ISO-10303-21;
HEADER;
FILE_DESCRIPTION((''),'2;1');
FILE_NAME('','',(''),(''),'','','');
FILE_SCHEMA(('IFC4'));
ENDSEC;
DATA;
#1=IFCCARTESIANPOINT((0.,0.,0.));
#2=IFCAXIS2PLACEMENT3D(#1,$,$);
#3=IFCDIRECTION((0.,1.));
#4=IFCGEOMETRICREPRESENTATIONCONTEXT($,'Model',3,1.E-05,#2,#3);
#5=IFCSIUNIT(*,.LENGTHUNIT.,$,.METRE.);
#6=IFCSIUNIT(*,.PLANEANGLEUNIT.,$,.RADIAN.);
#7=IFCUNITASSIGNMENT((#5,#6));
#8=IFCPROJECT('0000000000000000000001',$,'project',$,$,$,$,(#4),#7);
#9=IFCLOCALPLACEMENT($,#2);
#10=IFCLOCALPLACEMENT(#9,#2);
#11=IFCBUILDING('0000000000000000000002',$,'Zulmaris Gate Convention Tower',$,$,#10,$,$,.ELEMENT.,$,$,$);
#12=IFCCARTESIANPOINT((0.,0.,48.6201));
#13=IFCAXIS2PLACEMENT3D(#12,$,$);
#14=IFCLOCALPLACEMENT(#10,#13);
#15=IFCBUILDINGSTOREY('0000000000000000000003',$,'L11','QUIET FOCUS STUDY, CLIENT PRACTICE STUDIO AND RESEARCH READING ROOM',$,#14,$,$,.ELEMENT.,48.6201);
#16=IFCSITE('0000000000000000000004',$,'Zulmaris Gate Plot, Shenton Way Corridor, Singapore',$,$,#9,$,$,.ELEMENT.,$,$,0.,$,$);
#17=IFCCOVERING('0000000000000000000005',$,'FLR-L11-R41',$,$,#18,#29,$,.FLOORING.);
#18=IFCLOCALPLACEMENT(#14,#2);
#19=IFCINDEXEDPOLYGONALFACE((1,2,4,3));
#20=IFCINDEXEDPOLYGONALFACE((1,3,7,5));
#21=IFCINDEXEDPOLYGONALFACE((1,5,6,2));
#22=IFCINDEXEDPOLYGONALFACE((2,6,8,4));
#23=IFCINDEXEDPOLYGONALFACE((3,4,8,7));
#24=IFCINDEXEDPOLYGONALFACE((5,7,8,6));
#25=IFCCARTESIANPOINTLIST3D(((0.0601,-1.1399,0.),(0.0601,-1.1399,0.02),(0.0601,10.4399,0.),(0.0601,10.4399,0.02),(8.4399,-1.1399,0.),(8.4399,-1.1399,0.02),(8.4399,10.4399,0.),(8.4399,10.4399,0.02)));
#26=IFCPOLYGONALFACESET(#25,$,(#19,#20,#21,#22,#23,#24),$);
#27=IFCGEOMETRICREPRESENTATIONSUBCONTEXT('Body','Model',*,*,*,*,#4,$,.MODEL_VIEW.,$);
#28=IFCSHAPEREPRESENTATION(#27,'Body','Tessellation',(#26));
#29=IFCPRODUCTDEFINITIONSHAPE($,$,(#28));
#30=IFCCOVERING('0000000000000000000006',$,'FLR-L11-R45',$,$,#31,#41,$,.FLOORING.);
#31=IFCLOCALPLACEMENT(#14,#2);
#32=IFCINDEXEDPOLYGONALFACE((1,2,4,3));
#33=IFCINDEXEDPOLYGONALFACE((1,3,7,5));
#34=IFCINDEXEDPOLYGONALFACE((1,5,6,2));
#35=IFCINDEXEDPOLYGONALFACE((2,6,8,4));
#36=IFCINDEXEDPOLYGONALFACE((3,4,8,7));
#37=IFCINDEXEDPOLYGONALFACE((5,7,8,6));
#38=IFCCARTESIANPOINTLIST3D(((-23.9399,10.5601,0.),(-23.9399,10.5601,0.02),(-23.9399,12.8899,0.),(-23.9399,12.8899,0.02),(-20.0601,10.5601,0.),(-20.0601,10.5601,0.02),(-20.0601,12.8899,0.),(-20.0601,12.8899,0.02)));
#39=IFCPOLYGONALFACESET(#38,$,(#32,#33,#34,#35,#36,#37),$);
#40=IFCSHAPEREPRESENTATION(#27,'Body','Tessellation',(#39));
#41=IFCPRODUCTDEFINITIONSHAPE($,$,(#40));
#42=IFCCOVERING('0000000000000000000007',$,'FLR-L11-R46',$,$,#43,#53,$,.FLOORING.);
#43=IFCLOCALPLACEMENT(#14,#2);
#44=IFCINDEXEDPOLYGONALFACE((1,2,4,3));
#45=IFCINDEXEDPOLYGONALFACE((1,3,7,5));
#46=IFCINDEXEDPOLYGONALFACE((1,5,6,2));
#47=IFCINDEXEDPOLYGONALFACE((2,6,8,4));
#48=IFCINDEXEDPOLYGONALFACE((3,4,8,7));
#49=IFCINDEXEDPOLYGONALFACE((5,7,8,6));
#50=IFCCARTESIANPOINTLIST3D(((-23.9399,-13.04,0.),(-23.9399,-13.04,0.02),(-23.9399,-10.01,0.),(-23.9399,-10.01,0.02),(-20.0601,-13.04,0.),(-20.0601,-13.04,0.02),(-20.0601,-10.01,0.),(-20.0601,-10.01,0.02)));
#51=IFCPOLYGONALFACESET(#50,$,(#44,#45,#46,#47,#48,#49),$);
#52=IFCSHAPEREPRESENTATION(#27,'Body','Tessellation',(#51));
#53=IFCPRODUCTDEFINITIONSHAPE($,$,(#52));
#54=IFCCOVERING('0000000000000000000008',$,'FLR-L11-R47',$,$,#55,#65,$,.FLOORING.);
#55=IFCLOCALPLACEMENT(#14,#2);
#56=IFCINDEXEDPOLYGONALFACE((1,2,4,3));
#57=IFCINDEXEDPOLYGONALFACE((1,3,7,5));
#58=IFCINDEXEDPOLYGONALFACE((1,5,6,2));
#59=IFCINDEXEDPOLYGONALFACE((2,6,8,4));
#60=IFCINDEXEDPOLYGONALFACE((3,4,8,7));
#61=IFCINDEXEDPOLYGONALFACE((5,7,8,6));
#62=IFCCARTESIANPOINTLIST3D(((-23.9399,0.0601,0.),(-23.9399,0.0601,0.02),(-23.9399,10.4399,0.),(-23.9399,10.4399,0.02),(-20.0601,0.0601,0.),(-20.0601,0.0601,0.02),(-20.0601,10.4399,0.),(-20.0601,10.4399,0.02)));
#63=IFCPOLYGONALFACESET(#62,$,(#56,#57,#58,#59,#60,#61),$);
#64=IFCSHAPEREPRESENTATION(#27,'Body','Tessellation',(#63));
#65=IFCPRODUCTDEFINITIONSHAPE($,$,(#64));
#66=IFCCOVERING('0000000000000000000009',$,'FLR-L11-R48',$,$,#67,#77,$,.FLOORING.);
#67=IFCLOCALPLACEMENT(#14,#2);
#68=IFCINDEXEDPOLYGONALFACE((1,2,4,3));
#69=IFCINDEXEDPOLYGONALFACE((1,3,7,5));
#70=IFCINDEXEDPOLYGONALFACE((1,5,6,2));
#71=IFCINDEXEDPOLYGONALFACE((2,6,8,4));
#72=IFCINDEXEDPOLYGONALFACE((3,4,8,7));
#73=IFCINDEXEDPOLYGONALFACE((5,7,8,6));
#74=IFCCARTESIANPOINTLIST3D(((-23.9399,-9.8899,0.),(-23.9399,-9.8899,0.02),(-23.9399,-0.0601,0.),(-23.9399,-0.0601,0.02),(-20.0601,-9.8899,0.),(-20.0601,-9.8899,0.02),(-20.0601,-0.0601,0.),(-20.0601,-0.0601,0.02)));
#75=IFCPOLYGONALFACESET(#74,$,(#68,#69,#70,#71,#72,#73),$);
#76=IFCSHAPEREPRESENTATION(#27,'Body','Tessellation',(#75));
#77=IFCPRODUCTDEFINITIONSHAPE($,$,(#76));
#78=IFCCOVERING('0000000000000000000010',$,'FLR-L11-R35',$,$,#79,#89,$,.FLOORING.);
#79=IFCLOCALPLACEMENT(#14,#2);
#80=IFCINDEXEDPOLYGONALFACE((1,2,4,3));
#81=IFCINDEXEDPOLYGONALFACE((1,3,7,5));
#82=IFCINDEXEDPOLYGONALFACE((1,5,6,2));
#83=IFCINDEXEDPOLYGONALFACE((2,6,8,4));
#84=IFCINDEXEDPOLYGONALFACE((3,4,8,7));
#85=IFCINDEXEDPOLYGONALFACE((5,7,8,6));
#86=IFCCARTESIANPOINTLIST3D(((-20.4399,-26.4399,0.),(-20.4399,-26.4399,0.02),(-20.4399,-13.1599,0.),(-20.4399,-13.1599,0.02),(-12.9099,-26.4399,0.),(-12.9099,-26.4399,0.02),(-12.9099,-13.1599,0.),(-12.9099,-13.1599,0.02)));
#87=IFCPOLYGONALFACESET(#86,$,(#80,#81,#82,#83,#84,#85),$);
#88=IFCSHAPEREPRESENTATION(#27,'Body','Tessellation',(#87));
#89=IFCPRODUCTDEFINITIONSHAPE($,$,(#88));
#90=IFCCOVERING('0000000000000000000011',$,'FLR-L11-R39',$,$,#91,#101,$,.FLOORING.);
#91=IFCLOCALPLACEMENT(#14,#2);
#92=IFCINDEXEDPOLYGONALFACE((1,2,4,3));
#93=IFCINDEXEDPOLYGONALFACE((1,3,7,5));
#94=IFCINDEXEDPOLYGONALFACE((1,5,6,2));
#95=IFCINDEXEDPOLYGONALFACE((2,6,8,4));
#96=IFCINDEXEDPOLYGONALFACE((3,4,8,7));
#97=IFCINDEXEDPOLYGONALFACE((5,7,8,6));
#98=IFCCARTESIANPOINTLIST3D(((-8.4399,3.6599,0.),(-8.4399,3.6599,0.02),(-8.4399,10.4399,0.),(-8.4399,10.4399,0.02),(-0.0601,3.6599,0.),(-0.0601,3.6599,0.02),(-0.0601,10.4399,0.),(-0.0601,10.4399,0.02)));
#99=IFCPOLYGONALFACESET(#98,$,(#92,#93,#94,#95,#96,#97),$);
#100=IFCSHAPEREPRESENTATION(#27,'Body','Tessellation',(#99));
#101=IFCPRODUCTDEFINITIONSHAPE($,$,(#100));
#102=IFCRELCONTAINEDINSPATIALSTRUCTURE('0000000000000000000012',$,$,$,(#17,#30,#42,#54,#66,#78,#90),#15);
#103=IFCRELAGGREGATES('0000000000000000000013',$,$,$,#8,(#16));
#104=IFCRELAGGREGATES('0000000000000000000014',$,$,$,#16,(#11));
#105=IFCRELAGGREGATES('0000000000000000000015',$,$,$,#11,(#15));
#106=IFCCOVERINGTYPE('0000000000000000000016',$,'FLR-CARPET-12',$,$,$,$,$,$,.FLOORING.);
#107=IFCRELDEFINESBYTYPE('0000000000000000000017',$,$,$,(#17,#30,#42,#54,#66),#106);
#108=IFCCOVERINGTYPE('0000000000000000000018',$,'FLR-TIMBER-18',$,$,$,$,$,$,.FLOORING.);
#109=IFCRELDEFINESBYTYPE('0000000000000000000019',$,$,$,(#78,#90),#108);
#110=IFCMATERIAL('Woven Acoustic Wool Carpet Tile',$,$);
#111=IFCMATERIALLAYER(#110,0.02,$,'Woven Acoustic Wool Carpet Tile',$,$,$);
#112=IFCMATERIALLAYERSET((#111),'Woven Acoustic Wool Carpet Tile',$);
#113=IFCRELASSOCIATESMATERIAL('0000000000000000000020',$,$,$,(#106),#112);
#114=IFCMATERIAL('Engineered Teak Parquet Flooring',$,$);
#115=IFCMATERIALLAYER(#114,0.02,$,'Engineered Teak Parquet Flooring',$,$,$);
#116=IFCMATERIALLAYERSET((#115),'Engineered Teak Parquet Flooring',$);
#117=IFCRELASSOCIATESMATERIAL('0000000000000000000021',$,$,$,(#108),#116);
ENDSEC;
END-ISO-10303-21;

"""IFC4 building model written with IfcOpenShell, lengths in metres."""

from ifc_helpers import new_model, si_unit, direction, frame, origin, place, context, subcontext, project, spatial, polyline, outline, extrude, material, layer, layer_set, type_object, element, save


model = new_model("IFC4")

# Units and contexts
model_context = context("Model", 3, precision=1e-05, world=origin(), true_north=direction((0.0, 1.0)))
body_context = subcontext(model_context, "Body", "Model", "MODEL_VIEW")
ifc_project = project(units=[si_unit("LENGTHUNIT", "METRE"), si_unit("PLANEANGLEUNIT", "RADIAN")], contexts=[model_context])

# Site, building, storey
site_placement = place(None, origin())
site = spatial("IfcSite", under=ifc_project, at=site_placement, Name="Zulmaris Gate Plot, Shenton Way Corridor, Singapore", CompositionType="ELEMENT", RefElevation=0.0)
building_placement = place(site_placement, origin())
building = spatial("IfcBuilding", under=site, at=building_placement, Name="Zulmaris Gate Convention Tower", CompositionType="ELEMENT")
storey_placement = place(building_placement, frame((0.0, 0.0, 48.6201)))
storey = spatial("IfcBuildingStorey", under=building, at=storey_placement, Name="L11", Description="QUIET FOCUS STUDY, CLIENT PRACTICE STUDIO AND RESEARCH READING ROOM", CompositionType="ELEMENT", Elevation=48.6201)

# Coverings
ifc_material_1 = material(Name="Woven Acoustic Wool Carpet Tile")
ifc_layer_1 = layer(ifc_material_1, 0.02, Name="Woven Acoustic Wool Carpet Tile")
ifc_layer_set_1 = layer_set([ifc_layer_1], Name="Woven Acoustic Wool Carpet Tile")
covering_type_1 = type_object("IfcCoveringType", Name="FLR-CARPET-12", PredefinedType="FLOORING", material=ifc_layer_set_1)
covering_1_placement = place(storey_placement, origin())
element("IfcCovering", 1, at=covering_1_placement, inside=storey, type_object=covering_type_1, Name="FLR-L11-R41", PredefinedType="FLOORING", context=body_context, shape_type="SweptSolid", body=[
    extrude(outline(polyline([(0.0601, -1.1399), (8.4399, -1.1399), (8.4399, 10.4399), (0.0601, 10.4399), (0.0601, -1.1399)])), origin(), (0.0, 0.0, 1.0), 0.02),
])
covering_2_placement = place(storey_placement, origin())
element("IfcCovering", 2, at=covering_2_placement, inside=storey, type_object=covering_type_1, Name="FLR-L11-R45", PredefinedType="FLOORING", context=body_context, shape_type="SweptSolid", body=[
    extrude(outline(polyline([(-23.9399, 10.5601), (-20.0601, 10.5601), (-20.0601, 12.8899), (-23.9399, 12.8899), (-23.9399, 10.5601)])), origin(), (0.0, 0.0, 1.0), 0.02),
])
covering_3_placement = place(storey_placement, origin())
element("IfcCovering", 3, at=covering_3_placement, inside=storey, type_object=covering_type_1, Name="FLR-L11-R46", PredefinedType="FLOORING", context=body_context, shape_type="SweptSolid", body=[
    extrude(outline(polyline([(-23.9399, -13.04), (-20.0601, -13.04), (-20.0601, -10.01), (-23.9399, -10.01), (-23.9399, -13.04)])), origin(), (0.0, 0.0, 1.0), 0.02),
])
covering_4_placement = place(storey_placement, origin())
element("IfcCovering", 4, at=covering_4_placement, inside=storey, type_object=covering_type_1, Name="FLR-L11-R47", PredefinedType="FLOORING", context=body_context, shape_type="SweptSolid", body=[
    extrude(outline(polyline([(-23.9399, 0.0601), (-20.0601, 0.0601), (-20.0601, 10.4399), (-23.9399, 10.4399), (-23.9399, 0.0601)])), origin(), (0.0, 0.0, 1.0), 0.02),
])
covering_5_placement = place(storey_placement, origin())
element("IfcCovering", 5, at=covering_5_placement, inside=storey, type_object=covering_type_1, Name="FLR-L11-R48", PredefinedType="FLOORING", context=body_context, shape_type="SweptSolid", body=[
    extrude(outline(polyline([(-23.9399, -9.8899), (-20.0601, -9.8899), (-20.0601, -0.0601), (-23.9399, -0.0601), (-23.9399, -9.8899)])), origin(), (0.0, 0.0, 1.0), 0.02),
])
ifc_material_2 = material(Name="Engineered Teak Parquet Flooring")
ifc_layer_2 = layer(ifc_material_2, 0.02, Name="Engineered Teak Parquet Flooring")
ifc_layer_set_2 = layer_set([ifc_layer_2], Name="Engineered Teak Parquet Flooring")
covering_type_2 = type_object("IfcCoveringType", Name="FLR-TIMBER-18", PredefinedType="FLOORING", material=ifc_layer_set_2)
covering_6_placement = place(storey_placement, origin())
element("IfcCovering", 6, at=covering_6_placement, inside=storey, type_object=covering_type_2, Name="FLR-L11-R35", PredefinedType="FLOORING", context=body_context, shape_type="SweptSolid", body=[
    extrude(outline(polyline([(-20.4399, -26.4399), (-12.9099, -26.4399), (-12.9099, -13.1599), (-20.4399, -13.1599), (-20.4399, -26.4399)])), origin(), (0.0, 0.0, 1.0), 0.02),
])
covering_7_placement = place(storey_placement, origin())
element("IfcCovering", 7, at=covering_7_placement, inside=storey, type_object=covering_type_2, Name="FLR-L11-R39", PredefinedType="FLOORING", context=body_context, shape_type="SweptSolid", body=[
    extrude(outline(polyline([(-8.4399, 3.6599), (-0.0601, 3.6599), (-0.0601, 10.4399), (-8.4399, 10.4399), (-8.4399, 3.6599)])), origin(), (0.0, 0.0, 1.0), 0.02),
])

save(model, "model.ifc")
